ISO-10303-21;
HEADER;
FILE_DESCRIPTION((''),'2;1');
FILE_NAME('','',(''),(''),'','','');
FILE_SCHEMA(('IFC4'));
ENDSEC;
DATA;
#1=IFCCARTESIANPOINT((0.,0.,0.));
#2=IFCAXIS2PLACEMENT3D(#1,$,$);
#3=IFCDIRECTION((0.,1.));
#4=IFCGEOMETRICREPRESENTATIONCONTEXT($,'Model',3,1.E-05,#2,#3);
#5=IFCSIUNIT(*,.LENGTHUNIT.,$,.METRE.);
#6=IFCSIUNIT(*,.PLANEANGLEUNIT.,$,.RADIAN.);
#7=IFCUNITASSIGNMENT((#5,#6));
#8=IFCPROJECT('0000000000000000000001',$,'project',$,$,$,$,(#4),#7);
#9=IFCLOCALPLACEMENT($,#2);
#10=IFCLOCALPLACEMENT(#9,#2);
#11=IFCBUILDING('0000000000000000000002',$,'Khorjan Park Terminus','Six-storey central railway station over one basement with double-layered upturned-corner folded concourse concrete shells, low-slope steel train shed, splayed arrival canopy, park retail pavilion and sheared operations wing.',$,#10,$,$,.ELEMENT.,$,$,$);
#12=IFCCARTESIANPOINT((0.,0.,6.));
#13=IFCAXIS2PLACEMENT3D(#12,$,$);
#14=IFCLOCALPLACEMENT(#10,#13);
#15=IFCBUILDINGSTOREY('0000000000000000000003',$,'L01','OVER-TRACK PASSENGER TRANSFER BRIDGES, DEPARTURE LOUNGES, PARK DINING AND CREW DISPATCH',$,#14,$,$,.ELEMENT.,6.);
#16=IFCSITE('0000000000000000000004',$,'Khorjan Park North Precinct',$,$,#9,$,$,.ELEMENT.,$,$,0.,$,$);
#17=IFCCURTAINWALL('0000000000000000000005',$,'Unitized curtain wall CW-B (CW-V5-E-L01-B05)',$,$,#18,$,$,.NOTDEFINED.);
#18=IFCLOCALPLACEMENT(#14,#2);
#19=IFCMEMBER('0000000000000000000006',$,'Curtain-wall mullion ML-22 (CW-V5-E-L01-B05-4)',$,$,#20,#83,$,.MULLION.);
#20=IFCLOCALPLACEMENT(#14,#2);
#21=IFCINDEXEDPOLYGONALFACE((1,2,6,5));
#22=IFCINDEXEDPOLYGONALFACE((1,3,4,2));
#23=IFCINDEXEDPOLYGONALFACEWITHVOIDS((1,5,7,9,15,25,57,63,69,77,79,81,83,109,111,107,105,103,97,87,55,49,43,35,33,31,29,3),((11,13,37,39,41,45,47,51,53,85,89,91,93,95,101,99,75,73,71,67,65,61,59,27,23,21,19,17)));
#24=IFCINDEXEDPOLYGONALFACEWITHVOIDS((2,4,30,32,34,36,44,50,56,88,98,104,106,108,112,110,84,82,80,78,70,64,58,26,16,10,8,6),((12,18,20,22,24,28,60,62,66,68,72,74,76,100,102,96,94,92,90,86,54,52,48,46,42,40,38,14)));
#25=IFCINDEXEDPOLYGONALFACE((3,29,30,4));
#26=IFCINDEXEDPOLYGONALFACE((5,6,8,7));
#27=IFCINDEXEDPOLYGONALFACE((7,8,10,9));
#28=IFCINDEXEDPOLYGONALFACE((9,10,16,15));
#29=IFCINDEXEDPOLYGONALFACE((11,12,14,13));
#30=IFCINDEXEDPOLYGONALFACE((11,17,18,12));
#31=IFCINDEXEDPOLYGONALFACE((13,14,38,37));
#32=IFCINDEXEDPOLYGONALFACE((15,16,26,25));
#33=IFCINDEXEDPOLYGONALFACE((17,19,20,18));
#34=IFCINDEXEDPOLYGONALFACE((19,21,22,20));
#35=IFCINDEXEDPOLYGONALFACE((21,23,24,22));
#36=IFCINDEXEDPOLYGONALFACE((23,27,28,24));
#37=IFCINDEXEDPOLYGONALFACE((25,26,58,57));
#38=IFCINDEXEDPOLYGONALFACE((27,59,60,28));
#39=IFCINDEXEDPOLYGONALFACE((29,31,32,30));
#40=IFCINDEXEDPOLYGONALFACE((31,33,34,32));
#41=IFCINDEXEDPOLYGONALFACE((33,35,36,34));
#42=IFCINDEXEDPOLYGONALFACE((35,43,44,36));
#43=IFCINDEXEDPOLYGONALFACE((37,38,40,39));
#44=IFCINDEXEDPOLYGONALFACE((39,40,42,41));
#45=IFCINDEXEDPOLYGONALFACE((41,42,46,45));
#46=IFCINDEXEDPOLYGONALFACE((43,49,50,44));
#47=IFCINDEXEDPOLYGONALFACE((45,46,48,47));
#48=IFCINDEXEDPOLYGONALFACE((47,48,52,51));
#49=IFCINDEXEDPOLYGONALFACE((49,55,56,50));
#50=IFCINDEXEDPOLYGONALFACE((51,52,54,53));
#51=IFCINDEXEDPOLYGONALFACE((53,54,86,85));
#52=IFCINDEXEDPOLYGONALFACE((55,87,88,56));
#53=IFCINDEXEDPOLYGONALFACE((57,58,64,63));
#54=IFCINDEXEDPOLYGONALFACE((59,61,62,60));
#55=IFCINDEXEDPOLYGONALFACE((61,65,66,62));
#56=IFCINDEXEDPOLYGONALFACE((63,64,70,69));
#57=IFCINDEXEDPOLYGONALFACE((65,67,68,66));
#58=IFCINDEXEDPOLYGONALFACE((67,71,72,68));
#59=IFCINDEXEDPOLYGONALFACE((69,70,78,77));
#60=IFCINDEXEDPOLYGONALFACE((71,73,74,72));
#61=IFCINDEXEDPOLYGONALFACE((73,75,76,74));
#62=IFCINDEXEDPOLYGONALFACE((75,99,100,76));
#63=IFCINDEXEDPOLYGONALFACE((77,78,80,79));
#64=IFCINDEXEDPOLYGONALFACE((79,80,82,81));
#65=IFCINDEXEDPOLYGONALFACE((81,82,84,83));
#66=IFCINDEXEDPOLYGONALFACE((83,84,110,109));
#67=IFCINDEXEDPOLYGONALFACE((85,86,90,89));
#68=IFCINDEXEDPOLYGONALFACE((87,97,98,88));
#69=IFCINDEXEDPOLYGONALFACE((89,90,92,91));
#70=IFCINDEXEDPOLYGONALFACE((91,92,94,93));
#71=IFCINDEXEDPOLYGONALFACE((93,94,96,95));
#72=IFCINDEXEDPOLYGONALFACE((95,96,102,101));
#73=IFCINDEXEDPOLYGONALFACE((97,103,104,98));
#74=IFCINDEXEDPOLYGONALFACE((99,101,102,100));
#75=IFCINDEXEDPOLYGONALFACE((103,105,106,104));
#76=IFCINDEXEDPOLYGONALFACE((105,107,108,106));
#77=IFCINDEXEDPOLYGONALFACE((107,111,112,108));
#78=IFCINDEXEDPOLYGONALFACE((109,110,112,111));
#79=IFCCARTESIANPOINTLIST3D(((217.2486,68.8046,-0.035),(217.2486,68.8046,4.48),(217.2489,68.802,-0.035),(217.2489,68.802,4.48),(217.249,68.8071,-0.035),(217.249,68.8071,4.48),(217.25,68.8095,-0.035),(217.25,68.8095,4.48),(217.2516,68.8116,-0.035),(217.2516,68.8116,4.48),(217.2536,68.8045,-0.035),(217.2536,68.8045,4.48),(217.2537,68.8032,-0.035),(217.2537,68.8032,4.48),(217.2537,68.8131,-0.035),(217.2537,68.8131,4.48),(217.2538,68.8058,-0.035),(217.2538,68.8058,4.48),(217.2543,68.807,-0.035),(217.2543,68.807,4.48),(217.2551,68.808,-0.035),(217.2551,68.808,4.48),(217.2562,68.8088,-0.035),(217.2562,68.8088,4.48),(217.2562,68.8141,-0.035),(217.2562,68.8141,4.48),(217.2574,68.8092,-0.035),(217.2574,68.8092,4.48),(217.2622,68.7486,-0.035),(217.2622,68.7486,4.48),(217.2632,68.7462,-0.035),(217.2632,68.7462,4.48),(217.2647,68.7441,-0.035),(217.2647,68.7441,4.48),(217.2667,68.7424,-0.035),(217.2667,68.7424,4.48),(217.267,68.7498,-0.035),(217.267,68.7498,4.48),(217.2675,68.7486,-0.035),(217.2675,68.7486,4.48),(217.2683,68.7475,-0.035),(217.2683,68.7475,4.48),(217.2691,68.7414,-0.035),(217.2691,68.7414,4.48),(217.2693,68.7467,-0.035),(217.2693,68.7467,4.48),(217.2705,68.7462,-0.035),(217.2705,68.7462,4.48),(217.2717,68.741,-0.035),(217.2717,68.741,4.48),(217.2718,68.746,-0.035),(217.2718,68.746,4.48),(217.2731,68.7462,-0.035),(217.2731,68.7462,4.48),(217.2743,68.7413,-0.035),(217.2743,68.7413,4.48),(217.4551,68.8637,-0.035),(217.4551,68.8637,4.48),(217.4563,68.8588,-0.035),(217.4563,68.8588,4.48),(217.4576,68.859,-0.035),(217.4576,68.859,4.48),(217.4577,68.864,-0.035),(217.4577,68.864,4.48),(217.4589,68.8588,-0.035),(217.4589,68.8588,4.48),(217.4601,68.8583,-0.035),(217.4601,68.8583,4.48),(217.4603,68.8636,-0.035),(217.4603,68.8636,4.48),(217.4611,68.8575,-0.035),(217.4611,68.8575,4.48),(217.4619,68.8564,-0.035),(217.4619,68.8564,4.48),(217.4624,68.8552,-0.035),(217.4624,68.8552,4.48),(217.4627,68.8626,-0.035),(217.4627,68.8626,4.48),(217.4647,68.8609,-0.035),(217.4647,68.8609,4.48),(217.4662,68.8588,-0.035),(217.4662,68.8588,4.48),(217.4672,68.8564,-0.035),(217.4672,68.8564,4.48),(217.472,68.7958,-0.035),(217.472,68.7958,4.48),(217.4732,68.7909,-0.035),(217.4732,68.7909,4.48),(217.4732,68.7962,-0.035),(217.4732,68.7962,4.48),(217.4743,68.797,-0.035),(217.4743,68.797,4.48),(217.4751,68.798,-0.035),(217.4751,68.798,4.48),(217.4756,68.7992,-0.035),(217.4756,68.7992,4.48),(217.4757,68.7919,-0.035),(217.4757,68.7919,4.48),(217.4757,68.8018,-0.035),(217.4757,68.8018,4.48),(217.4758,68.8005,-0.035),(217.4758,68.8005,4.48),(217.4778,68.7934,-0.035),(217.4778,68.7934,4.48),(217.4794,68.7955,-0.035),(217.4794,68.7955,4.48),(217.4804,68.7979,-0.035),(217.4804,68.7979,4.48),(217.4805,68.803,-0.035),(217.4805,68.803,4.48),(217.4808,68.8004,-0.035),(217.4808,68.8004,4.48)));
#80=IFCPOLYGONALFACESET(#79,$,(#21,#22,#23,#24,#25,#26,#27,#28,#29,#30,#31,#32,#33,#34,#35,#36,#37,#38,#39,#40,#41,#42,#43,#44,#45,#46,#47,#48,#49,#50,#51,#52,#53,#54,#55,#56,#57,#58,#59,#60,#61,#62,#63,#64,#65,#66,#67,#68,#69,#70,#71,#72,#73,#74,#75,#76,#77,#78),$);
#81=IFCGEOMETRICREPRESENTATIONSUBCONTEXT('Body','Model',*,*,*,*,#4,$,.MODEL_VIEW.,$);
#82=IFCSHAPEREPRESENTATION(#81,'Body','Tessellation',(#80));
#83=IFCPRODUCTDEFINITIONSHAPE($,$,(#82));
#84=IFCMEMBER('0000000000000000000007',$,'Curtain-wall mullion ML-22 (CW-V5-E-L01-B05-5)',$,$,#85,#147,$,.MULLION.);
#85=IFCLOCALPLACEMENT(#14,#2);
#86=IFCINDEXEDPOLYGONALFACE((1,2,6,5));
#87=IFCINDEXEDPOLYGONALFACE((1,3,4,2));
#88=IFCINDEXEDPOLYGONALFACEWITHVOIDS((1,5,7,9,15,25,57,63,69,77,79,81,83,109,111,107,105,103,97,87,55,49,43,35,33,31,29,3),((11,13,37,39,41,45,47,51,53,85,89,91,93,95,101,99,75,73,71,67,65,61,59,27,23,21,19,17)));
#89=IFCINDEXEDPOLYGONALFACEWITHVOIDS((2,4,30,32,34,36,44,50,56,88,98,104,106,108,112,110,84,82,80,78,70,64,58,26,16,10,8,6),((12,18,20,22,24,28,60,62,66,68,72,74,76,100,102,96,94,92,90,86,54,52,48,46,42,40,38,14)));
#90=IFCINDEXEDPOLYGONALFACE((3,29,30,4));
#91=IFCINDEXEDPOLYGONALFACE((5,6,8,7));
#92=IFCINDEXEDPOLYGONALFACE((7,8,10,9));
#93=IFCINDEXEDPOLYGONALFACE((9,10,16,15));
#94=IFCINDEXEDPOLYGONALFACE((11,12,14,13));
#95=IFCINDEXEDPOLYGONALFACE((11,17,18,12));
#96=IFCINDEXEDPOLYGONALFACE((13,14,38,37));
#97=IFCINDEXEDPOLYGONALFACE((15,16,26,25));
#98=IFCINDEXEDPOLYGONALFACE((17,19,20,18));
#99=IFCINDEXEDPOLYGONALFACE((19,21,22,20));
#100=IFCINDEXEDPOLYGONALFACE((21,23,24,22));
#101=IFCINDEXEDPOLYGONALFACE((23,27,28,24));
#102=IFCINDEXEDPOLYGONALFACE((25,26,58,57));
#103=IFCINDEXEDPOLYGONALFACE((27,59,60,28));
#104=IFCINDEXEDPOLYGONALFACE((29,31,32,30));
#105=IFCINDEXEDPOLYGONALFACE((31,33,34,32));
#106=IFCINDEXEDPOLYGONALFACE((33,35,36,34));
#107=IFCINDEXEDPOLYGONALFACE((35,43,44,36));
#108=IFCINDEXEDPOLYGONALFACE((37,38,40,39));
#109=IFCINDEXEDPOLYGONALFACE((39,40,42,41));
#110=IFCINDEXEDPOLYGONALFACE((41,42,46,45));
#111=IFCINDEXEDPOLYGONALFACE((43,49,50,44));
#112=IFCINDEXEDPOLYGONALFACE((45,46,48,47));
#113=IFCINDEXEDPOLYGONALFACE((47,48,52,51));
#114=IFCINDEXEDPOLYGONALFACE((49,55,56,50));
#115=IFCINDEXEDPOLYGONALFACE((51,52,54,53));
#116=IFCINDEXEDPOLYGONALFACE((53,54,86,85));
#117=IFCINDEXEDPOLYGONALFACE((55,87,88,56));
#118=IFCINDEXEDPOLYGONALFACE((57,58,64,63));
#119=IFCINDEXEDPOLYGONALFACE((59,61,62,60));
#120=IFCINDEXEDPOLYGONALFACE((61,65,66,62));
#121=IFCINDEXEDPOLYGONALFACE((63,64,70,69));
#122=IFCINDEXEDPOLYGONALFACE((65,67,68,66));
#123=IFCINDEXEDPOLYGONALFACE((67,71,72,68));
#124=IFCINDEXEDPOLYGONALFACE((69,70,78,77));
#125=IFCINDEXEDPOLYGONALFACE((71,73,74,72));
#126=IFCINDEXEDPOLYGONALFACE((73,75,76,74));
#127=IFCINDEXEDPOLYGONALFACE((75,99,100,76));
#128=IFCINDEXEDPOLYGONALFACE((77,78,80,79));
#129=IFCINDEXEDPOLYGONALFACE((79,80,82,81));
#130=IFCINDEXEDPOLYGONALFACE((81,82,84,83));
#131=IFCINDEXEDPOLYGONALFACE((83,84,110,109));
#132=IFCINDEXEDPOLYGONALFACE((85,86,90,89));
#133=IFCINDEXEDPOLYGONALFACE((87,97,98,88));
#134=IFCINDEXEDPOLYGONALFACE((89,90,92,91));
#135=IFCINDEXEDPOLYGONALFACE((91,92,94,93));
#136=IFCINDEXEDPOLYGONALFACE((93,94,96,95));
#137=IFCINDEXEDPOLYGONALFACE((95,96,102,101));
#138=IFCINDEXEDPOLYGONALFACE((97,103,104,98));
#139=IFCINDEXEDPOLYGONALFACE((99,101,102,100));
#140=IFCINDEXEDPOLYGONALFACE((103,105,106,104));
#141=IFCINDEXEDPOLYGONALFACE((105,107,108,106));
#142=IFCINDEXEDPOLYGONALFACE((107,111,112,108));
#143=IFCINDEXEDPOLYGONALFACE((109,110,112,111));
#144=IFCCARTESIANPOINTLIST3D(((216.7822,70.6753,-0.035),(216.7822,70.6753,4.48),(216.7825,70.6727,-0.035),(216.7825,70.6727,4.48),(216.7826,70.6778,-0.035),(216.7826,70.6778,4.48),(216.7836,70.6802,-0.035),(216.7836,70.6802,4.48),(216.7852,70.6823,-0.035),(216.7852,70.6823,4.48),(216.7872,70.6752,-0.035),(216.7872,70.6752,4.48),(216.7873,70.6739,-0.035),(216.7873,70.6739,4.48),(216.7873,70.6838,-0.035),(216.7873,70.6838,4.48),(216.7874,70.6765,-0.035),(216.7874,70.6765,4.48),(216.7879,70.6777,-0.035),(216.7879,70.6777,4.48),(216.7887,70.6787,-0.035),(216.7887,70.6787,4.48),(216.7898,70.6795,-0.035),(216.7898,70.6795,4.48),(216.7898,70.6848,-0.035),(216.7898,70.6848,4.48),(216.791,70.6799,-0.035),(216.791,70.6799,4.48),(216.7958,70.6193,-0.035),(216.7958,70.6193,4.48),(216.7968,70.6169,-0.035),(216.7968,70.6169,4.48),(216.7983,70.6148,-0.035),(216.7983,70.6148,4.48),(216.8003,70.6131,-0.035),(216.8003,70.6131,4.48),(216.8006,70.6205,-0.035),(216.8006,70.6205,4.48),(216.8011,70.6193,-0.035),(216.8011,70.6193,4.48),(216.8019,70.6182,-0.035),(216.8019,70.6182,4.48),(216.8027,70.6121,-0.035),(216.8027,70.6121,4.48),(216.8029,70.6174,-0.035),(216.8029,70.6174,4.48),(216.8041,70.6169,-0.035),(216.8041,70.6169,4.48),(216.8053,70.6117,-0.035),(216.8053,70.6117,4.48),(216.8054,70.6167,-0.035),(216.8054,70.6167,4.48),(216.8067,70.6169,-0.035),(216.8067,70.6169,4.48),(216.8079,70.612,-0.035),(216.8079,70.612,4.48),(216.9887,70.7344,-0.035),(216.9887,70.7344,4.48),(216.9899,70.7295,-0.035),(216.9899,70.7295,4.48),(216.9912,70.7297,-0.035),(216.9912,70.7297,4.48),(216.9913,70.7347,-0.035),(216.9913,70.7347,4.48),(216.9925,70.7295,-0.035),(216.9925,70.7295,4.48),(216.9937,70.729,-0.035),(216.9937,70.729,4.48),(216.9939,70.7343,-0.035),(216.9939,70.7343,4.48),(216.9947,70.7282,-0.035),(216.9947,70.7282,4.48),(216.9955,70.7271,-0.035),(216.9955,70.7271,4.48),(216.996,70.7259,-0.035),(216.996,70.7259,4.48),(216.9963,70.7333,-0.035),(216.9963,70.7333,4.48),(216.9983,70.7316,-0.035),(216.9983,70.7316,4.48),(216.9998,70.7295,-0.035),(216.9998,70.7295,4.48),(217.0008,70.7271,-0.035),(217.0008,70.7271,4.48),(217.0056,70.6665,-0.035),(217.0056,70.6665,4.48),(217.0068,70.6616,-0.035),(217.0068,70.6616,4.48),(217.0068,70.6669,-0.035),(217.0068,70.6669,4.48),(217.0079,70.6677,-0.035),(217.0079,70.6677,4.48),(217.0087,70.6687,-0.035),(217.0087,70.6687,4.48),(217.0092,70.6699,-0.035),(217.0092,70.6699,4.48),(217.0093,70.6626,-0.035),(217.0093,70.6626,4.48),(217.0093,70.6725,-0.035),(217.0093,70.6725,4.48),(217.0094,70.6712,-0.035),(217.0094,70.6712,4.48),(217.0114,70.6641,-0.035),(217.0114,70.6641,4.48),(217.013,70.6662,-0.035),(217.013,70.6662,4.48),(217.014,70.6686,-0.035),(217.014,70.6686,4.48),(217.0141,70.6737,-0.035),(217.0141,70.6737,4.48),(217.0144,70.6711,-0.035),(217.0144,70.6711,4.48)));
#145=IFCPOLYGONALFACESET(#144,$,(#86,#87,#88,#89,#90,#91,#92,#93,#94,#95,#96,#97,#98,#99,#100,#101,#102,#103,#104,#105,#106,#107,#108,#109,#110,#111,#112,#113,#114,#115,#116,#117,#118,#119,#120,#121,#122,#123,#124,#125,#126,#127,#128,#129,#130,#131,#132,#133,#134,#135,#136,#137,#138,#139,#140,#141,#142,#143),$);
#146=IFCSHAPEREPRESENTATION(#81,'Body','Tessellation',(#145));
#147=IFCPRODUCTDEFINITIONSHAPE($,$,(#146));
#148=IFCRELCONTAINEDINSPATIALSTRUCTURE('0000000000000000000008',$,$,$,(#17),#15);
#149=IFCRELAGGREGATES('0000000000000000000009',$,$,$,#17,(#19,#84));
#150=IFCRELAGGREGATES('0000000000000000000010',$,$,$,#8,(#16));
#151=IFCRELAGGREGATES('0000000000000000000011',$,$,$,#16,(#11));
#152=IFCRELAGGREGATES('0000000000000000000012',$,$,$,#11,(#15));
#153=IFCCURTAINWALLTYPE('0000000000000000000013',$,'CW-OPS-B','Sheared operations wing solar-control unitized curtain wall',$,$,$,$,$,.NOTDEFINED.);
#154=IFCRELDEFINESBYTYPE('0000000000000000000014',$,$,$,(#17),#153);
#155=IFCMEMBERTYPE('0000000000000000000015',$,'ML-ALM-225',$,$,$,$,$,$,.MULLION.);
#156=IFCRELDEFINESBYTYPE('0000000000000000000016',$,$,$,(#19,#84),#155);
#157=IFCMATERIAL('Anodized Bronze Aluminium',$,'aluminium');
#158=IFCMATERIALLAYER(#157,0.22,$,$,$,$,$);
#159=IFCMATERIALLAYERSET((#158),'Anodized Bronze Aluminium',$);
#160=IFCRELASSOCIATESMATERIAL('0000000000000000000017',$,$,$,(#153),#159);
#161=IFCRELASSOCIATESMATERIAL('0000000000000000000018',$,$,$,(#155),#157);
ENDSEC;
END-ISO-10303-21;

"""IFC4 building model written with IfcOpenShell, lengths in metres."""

from ifc_helpers import new_model, si_unit, direction, frame, origin, origin_2d, place, context, subcontext, project, spatial, hollow_rectangle, extrude, material, layer, layer_set, material_profile, profile_set, type_object, element, aggregate, save


model = new_model("IFC4")

# Units and contexts
model_context = context("Model", 3, precision=1e-05, world=origin(), true_north=direction((0.0, 1.0)))
body_context = subcontext(model_context, "Body", "Model", "MODEL_VIEW")
ifc_project = project(units=[si_unit("LENGTHUNIT", "METRE"), si_unit("PLANEANGLEUNIT", "RADIAN")], contexts=[model_context])

# Site, building, storey
site_placement = place(None, origin())
site = spatial("IfcSite", under=ifc_project, at=site_placement, Name="Khorjan Park North Precinct", CompositionType="ELEMENT", RefElevation=0.0)
building_placement = place(site_placement, origin())
building = spatial("IfcBuilding", under=site, at=building_placement, Name="Khorjan Park Terminus", Description="Six-storey central railway station over one basement with double-layered upturned-corner folded concourse concrete shells, low-slope steel train shed, splayed arrival canopy, park retail pavilion and sheared operations wing.", CompositionType="ELEMENT")
storey_placement = place(building_placement, frame((0.0, 0.0, 6.0)))
storey = spatial("IfcBuildingStorey", under=building, at=storey_placement, Name="L01", Description="OVER-TRACK PASSENGER TRANSFER BRIDGES, DEPARTURE LOUNGES, PARK DINING AND CREW DISPATCH", CompositionType="ELEMENT", Elevation=6.0)

# Curtain wall, members
ifc_material_1 = material(Name="Anodized Bronze Aluminium", Category="aluminium")
ifc_layer_1 = layer(ifc_material_1, 0.22)
ifc_layer_set_1 = layer_set([ifc_layer_1], Name="Anodized Bronze Aluminium")
curtain_wall_type = type_object("IfcCurtainWallType", Name="CW-OPS-B", Description="Sheared operations wing solar-control unitized curtain wall", PredefinedType="NOTDEFINED", material=ifc_layer_set_1)
curtain_wall_1_placement = place(storey_placement, origin())
curtain_wall_1 = element("IfcCurtainWall", 1, at=curtain_wall_1_placement, inside=storey, type_object=curtain_wall_type, Name="Unitized curtain wall CW-B (CW-V5-E-L01-B05)", PredefinedType="NOTDEFINED")
ifc_material_profile_1 = material_profile(ifc_material_1, hollow_rectangle(XDim=0.075, YDim=0.225, WallThickness=0.005, InnerFilletRadius=0.005, OuterFilletRadius=0.01, at=origin_2d()), Name="ALM 75x225x5")
ifc_profile_set_1 = profile_set([ifc_material_profile_1], Name="Anodized Bronze Aluminium")
member_type_1 = type_object("IfcMemberType", Name="ML-ALM-225", PredefinedType="MULLION", material=ifc_profile_set_1)
member_1_placement = place(storey_placement, frame((217.3647, 68.8025, -0.035), z_axis=(0.0, 0.0, 1.0), x_axis=(-0.241935, 0.970292, 0.0)))
member_1 = element("IfcMember", 2, at=member_1_placement, type_object=member_type_1, Name="Curtain-wall mullion ML-22 (CW-V5-E-L01-B05-4)", PredefinedType="MULLION", context=body_context, shape_type="SweptSolid", body=[
    extrude(hollow_rectangle(XDim=0.075, YDim=0.225, WallThickness=0.005, InnerFilletRadius=0.005, OuterFilletRadius=0.01, at=origin_2d()), origin(), (0.0, 0.0, 1.0), 4.515),
])
member_2_placement = place(storey_placement, frame((216.8983, 70.6732, -0.035), z_axis=(0.0, 0.0, 1.0), x_axis=(-0.241935, 0.970292, 0.0)))
member_2 = element("IfcMember", 3, at=member_2_placement, type_object=member_type_1, Name="Curtain-wall mullion ML-22 (CW-V5-E-L01-B05-5)", PredefinedType="MULLION", context=body_context, shape_type="SweptSolid", body=[
    extrude(hollow_rectangle(XDim=0.075, YDim=0.225, WallThickness=0.005, InnerFilletRadius=0.005, OuterFilletRadius=0.01, at=origin_2d()), origin(), (0.0, 0.0, 1.0), 4.515),
])

aggregate(curtain_wall_1, [member_1, member_2])

save(model, "model.ifc")
